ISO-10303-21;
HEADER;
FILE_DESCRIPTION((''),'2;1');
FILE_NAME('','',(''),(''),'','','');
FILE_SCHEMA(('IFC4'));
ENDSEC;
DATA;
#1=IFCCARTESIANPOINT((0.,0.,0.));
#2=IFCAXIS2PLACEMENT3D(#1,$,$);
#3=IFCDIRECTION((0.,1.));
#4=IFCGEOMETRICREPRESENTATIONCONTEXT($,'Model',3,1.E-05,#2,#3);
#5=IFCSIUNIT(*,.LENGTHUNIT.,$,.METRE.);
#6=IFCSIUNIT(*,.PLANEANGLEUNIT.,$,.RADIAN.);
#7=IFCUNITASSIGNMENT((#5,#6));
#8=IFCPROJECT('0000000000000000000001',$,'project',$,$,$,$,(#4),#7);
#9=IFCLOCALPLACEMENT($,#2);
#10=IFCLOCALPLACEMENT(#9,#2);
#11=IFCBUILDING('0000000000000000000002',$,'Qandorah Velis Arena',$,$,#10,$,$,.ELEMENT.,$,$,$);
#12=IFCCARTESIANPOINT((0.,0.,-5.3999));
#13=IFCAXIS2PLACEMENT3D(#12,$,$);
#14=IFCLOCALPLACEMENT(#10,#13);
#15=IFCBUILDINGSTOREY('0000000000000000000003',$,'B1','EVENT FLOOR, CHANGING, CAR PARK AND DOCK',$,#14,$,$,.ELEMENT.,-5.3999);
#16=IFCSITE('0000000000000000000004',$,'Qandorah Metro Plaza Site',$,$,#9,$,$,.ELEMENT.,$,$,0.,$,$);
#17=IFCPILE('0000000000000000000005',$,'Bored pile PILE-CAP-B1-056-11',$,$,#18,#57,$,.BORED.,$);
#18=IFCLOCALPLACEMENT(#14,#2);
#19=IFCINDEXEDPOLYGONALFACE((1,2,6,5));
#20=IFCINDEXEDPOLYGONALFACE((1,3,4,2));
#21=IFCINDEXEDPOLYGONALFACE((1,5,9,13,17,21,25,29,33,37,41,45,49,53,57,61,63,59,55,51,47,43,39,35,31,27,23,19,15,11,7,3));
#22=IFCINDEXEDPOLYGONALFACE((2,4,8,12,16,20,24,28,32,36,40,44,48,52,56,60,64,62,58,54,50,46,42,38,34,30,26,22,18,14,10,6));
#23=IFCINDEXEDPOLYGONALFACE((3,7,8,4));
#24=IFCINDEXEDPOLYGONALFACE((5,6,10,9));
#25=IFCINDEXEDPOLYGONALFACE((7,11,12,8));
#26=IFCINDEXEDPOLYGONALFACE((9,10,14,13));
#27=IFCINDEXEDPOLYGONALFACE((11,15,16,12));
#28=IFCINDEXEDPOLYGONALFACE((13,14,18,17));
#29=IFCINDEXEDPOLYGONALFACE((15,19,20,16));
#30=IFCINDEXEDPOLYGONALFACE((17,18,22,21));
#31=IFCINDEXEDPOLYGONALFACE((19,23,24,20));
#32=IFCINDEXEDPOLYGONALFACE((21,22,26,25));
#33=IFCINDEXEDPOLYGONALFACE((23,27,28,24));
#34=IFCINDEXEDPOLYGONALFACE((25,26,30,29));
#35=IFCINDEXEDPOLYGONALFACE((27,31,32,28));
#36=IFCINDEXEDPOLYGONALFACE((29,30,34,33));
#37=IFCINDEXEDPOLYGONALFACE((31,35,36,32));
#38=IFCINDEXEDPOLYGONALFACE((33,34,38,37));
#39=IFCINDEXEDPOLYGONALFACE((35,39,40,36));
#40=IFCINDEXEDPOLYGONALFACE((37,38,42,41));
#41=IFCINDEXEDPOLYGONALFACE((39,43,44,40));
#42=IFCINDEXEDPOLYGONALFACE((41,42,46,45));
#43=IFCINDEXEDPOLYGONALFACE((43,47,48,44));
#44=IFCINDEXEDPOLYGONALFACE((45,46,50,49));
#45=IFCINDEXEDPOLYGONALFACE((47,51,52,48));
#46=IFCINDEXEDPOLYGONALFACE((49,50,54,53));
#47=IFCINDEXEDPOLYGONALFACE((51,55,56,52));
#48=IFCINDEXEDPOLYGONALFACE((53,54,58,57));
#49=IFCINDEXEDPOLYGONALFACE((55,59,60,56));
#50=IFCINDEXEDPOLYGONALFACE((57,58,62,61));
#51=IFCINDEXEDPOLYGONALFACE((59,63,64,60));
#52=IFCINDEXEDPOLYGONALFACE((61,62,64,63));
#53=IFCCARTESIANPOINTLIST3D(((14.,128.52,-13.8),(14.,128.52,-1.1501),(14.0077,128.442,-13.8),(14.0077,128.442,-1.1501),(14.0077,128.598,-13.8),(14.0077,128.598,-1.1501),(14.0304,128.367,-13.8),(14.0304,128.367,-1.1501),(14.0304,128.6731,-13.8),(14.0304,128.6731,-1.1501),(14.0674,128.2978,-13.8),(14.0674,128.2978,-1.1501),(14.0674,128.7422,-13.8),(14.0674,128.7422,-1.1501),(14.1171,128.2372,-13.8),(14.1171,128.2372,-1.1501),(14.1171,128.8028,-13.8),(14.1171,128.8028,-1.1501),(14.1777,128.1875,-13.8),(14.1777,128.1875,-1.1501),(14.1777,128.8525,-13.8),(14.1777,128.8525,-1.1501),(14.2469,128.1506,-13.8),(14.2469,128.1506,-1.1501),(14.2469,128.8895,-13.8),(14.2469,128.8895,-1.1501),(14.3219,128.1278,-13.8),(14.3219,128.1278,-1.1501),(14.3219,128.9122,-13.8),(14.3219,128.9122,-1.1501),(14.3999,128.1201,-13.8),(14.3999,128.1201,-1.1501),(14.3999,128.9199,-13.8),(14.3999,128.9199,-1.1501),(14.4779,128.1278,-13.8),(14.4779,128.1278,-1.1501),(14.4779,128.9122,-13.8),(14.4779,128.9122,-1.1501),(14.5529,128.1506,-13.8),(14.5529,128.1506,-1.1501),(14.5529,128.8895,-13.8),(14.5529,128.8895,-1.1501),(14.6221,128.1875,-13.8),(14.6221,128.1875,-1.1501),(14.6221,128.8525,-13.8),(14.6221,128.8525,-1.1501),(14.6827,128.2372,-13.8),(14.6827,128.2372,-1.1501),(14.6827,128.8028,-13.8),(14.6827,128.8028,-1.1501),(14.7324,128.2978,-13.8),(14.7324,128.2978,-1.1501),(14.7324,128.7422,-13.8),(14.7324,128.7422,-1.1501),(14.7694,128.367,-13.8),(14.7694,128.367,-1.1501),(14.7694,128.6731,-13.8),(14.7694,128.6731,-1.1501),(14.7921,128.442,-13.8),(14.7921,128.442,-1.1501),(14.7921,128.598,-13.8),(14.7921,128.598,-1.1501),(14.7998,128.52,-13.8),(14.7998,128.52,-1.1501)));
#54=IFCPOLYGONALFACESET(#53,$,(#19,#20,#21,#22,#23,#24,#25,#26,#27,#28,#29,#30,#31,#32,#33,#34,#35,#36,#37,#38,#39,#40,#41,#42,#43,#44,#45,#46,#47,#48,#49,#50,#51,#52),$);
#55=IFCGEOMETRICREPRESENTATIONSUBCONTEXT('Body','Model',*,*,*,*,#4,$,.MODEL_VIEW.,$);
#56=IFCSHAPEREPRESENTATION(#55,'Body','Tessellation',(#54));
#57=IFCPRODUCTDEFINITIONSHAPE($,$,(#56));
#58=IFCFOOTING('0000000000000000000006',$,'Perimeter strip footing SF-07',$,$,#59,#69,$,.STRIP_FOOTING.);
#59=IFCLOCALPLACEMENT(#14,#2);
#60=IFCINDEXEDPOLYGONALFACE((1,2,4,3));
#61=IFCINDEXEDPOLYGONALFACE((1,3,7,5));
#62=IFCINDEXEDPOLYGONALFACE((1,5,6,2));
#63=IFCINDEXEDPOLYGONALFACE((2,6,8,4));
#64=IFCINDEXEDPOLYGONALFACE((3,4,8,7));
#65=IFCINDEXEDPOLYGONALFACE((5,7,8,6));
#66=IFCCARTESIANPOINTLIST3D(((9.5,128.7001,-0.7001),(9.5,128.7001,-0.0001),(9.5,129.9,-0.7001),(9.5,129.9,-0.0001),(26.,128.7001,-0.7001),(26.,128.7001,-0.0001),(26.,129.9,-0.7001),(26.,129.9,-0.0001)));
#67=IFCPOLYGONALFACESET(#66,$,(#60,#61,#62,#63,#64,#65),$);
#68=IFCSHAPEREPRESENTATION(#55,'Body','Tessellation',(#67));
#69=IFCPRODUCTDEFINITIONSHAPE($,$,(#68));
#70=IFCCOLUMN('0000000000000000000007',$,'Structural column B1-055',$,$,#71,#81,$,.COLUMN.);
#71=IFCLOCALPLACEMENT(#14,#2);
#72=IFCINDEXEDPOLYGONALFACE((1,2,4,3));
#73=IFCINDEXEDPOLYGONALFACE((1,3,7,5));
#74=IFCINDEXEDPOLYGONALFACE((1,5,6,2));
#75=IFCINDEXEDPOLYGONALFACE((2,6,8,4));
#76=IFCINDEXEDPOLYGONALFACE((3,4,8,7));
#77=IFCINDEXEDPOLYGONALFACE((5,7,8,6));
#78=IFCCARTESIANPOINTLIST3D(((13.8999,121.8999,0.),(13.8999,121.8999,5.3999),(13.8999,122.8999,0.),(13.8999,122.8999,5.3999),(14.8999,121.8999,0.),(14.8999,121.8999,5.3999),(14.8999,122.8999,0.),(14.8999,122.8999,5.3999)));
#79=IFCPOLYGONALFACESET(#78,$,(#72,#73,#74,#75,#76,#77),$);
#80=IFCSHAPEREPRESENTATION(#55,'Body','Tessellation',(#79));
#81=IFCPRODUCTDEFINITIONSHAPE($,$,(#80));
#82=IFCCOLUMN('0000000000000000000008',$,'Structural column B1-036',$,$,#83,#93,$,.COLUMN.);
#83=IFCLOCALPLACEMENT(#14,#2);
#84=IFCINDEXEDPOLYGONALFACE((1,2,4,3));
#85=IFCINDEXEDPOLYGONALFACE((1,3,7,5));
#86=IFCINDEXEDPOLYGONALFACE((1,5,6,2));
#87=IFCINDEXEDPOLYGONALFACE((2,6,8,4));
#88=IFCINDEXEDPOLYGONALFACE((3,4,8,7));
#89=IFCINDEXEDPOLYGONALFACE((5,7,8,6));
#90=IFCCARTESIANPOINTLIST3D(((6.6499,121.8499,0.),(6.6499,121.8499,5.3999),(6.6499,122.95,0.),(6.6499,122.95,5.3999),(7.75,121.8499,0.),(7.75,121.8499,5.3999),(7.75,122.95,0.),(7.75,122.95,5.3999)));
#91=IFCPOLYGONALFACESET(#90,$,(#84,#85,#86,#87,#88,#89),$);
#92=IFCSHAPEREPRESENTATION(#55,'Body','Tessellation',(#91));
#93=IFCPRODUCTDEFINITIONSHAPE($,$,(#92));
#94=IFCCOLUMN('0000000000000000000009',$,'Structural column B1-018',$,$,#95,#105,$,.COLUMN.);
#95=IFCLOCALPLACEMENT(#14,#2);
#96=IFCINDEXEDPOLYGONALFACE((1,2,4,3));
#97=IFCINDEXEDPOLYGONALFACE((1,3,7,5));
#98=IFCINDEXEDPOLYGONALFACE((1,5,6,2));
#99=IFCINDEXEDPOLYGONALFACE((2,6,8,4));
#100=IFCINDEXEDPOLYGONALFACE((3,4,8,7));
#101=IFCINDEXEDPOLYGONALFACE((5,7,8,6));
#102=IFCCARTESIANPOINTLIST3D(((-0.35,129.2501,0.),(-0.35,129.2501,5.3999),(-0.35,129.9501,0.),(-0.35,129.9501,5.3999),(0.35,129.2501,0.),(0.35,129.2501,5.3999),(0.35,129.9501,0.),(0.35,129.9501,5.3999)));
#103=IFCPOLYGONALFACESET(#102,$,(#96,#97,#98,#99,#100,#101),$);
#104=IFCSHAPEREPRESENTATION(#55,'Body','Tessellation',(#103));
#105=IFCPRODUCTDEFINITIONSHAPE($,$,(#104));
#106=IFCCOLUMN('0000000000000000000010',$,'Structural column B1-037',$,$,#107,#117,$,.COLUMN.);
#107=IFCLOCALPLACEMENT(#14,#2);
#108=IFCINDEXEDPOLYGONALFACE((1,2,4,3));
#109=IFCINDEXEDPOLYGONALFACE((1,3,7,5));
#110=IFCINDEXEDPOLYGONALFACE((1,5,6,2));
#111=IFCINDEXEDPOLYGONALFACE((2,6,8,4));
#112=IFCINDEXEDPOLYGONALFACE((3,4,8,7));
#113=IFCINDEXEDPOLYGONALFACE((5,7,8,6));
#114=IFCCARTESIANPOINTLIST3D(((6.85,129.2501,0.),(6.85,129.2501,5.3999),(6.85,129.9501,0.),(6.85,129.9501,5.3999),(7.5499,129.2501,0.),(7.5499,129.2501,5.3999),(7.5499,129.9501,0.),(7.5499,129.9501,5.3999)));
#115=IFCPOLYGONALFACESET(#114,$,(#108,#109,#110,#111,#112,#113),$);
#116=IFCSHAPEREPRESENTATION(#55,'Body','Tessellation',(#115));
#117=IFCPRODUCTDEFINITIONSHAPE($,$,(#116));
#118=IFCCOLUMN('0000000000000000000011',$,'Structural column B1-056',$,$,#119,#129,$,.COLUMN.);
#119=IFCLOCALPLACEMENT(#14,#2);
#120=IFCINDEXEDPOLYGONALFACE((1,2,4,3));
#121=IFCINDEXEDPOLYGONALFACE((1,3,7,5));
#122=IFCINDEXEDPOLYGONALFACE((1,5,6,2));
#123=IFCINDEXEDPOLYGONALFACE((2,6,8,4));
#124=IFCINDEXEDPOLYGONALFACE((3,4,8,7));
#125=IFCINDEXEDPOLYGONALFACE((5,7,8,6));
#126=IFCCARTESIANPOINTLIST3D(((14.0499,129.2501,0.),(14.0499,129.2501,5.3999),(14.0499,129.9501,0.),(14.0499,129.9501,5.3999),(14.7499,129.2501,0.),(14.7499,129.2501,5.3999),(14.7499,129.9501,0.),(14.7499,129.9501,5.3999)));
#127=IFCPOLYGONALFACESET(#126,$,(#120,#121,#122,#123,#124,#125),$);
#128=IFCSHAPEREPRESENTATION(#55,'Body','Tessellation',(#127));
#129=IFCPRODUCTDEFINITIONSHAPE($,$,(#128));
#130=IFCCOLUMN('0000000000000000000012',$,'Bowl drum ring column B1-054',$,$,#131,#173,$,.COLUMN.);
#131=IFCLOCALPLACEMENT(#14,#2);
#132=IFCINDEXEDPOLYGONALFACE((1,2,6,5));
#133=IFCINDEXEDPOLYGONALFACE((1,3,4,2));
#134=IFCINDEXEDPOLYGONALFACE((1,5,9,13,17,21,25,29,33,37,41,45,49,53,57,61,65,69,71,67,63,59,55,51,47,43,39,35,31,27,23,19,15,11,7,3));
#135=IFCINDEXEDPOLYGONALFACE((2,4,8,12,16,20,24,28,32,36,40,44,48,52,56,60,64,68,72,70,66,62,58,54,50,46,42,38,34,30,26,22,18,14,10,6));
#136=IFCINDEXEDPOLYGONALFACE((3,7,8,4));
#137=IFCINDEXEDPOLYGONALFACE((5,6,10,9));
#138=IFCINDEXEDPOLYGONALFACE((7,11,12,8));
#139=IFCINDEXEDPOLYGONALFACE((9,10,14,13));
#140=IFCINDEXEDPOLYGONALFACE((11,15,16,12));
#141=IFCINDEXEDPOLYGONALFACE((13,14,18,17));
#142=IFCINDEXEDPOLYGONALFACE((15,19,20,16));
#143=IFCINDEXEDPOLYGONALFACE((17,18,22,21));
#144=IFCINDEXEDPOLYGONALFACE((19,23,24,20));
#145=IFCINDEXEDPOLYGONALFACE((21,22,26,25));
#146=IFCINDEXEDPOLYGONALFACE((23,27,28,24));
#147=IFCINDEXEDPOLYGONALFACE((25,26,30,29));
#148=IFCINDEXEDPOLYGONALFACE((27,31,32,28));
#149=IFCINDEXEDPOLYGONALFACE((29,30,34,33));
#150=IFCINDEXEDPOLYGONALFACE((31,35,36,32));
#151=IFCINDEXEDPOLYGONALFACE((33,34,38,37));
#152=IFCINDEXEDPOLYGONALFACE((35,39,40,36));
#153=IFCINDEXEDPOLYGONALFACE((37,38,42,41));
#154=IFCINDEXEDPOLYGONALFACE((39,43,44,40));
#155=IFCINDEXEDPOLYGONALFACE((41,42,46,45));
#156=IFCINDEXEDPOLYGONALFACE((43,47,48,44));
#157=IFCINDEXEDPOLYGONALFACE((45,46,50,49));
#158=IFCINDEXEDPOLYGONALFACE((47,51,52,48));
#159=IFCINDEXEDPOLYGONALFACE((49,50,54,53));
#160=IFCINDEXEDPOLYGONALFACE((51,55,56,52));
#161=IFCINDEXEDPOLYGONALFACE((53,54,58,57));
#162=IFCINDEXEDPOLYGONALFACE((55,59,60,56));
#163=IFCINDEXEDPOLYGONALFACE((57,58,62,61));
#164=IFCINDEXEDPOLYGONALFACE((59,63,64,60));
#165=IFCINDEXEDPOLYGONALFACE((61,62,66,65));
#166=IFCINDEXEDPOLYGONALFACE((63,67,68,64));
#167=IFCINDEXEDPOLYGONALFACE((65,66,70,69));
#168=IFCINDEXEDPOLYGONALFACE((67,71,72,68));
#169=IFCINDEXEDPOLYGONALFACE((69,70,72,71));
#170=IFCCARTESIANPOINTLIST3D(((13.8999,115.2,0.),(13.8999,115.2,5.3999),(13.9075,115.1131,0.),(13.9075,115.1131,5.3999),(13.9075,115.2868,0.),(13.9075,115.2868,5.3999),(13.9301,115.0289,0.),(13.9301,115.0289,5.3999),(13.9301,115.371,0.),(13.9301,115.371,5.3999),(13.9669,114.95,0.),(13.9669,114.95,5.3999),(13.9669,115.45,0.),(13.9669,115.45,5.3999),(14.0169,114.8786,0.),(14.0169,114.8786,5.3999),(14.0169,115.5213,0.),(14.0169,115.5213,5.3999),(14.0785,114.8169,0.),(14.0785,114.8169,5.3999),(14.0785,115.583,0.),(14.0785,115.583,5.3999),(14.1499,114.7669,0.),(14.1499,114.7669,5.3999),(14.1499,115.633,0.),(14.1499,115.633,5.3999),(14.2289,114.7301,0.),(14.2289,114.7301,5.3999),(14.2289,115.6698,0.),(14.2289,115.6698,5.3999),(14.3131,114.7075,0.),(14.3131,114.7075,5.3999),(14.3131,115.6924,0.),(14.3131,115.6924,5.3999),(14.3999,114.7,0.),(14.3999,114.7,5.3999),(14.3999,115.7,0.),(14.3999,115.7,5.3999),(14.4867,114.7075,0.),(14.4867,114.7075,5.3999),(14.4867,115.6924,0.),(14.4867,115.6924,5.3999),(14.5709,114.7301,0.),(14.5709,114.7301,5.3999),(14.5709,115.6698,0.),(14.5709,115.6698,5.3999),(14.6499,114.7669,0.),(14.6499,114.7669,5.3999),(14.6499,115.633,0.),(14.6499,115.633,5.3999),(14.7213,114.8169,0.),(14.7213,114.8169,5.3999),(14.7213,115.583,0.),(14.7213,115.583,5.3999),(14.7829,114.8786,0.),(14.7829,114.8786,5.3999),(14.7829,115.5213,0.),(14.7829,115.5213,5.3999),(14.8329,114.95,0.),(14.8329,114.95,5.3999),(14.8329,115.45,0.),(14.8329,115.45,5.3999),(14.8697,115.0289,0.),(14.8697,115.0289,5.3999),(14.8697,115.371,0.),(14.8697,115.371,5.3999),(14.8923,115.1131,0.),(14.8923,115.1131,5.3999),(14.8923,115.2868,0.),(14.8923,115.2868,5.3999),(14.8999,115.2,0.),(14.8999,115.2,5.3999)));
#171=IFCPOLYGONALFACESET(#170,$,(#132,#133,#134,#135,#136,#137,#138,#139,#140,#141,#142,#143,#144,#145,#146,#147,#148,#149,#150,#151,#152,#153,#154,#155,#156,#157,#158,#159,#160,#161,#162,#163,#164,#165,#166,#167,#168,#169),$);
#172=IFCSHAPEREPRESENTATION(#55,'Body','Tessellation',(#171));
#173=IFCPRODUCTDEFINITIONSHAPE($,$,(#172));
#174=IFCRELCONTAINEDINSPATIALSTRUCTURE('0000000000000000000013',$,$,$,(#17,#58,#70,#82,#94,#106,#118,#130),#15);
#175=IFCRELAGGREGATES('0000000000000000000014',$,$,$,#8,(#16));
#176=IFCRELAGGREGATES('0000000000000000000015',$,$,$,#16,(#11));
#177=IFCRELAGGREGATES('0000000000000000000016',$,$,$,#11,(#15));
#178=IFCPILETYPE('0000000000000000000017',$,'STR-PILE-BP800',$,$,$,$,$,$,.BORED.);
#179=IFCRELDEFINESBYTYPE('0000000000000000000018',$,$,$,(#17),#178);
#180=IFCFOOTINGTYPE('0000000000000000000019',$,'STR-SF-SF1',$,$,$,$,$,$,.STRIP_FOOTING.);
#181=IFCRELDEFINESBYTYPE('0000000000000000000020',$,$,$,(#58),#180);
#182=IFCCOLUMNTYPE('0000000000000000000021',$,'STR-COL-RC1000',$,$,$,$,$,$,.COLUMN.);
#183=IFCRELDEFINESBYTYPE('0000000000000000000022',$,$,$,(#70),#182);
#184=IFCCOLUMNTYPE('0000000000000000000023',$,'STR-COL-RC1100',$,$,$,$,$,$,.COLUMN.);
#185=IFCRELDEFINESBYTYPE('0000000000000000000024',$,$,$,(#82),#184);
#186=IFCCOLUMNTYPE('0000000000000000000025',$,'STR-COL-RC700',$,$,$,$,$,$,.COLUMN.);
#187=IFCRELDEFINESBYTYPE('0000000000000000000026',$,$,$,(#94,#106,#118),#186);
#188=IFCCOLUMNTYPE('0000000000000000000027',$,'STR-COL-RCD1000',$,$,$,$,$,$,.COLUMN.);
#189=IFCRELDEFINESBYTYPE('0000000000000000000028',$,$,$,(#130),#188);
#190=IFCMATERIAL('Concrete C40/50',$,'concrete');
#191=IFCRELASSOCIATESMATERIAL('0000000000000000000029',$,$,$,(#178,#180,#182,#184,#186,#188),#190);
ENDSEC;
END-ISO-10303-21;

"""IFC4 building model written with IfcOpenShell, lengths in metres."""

from ifc_helpers import new_model, si_unit, direction, frame, origin, origin_2d, place, context, subcontext, project, spatial, rectangle, circle, extrude, material, material_profile, profile_set, type_object, element, save


model = new_model("IFC4")

# Units and contexts
model_context = context("Model", 3, precision=1e-05, world=origin(), true_north=direction((0.0, 1.0)))
body_context = subcontext(model_context, "Body", "Model", "MODEL_VIEW")
ifc_project = project(units=[si_unit("LENGTHUNIT", "METRE"), si_unit("PLANEANGLEUNIT", "RADIAN")], contexts=[model_context])

# Site, building, storey
site_placement = place(None, origin())
site = spatial("IfcSite", under=ifc_project, at=site_placement, Name="Qandorah Metro Plaza Site", CompositionType="ELEMENT", RefElevation=0.0)
building_placement = place(site_placement, origin())
building = spatial("IfcBuilding", under=site, at=building_placement, Name="Qandorah Velis Arena", CompositionType="ELEMENT")
storey_placement = place(building_placement, frame((0.0, 0.0, -5.3999)))
storey = spatial("IfcBuildingStorey", under=building, at=storey_placement, Name="B1", Description="EVENT FLOOR, CHANGING, CAR PARK AND DOCK", CompositionType="ELEMENT", Elevation=-5.3999)

# Shared definitions
ifc_material = material(Name="Concrete C40/50", Category="concrete")

# Pile
ifc_material_profile_1 = material_profile(ifc_material, circle(Radius=0.3999, at=origin_2d()), Name="BORED PILE D800")
ifc_profile_set_1 = profile_set([ifc_material_profile_1], Name="Concrete C40/50")
pile_type_1 = type_object("IfcPileType", Name="STR-PILE-BP800", PredefinedType="BORED", material=ifc_profile_set_1)
pile_1_placement = place(storey_placement, frame((14.3999, 128.52, -1.1501), z_axis=(0.0, 0.0, -1.0), x_axis=(1.0, 0.0, 0.0)))
element("IfcPile", 1, at=pile_1_placement, inside=storey, type_object=pile_type_1, Name="Bored pile PILE-CAP-B1-056-11", PredefinedType="BORED", context=body_context, shape_type="SweptSolid", body=[
    extrude(circle(Radius=0.3999, at=origin_2d()), origin(), (0.0, 0.0, 1.0), 12.6499),
])

# Footing
ifc_material_profile_2 = material_profile(ifc_material, rectangle(XDim=1.2, YDim=0.7, at=origin_2d()), Name="SF1 1200x700")
ifc_profile_set_2 = profile_set([ifc_material_profile_2], Name="Concrete C40/50")
footing_type_1 = type_object("IfcFootingType", Name="STR-SF-SF1", PredefinedType="STRIP_FOOTING", material=ifc_profile_set_2)
footing_1_placement = place(storey_placement, frame((9.5, 129.3, -0.3501), z_axis=(1.0, 0.0, 0.0), x_axis=(0.0, 1.0, 0.0)))
element("IfcFooting", 2, at=footing_1_placement, inside=storey, type_object=footing_type_1, Name="Perimeter strip footing SF-07", PredefinedType="STRIP_FOOTING", context=body_context, shape_type="SweptSolid", body=[
    extrude(rectangle(XDim=1.2, YDim=0.7, at=origin_2d()), origin(), (0.0, 0.0, 1.0), 16.5),
])

# Columns
ifc_material_profile_3 = material_profile(ifc_material, rectangle(XDim=1.0, YDim=1.0, at=origin_2d()), Name="RC COL 1000x1000")
ifc_profile_set_3 = profile_set([ifc_material_profile_3], Name="Concrete C40/50")
column_type_1 = type_object("IfcColumnType", Name="STR-COL-RC1000", PredefinedType="COLUMN", material=ifc_profile_set_3)
column_1_placement = place(storey_placement, frame((14.3999, 122.3999, 0.0), z_axis=(0.0, 0.0, 1.0), x_axis=(1.0, 0.0, 0.0)))
element("IfcColumn", 3, at=column_1_placement, inside=storey, type_object=column_type_1, Name="Structural column B1-055", PredefinedType="COLUMN", context=body_context, shape_type="SweptSolid", body=[
    extrude(rectangle(XDim=1.0, YDim=1.0, at=origin_2d()), origin(), (0.0, 0.0, 1.0), 5.3999),
])
ifc_material_profile_4 = material_profile(ifc_material, rectangle(XDim=1.1001, YDim=1.1001, at=origin_2d()), Name="RC COL 1100x1100")
ifc_profile_set_4 = profile_set([ifc_material_profile_4], Name="Concrete C40/50")
column_type_2 = type_object("IfcColumnType", Name="STR-COL-RC1100", PredefinedType="COLUMN", material=ifc_profile_set_4)
column_2_placement = place(storey_placement, frame((7.2, 122.3999, 0.0), z_axis=(0.0, 0.0, 1.0), x_axis=(1.0, 0.0, 0.0)))
element("IfcColumn", 4, at=column_2_placement, inside=storey, type_object=column_type_2, Name="Structural column B1-036", PredefinedType="COLUMN", context=body_context, shape_type="SweptSolid", body=[
    extrude(rectangle(XDim=1.1001, YDim=1.1001, at=origin_2d()), origin(), (0.0, 0.0, 1.0), 5.3999),
])
ifc_material_profile_5 = material_profile(ifc_material, rectangle(XDim=0.7, YDim=0.7, at=origin_2d()), Name="RC COL 700x700")
ifc_profile_set_5 = profile_set([ifc_material_profile_5], Name="Concrete C40/50")
column_type_3 = type_object("IfcColumnType", Name="STR-COL-RC700", PredefinedType="COLUMN", material=ifc_profile_set_5)
for number, where, z_axis, x_axis, name in (
    (5, (0.0, 129.6001, 0.0), (0.0, 0.0, 1.0), (1.0, 0.0, 0.0), "Structural column B1-018"),
    (6, (7.2, 129.6001, 0.0), (0.0, 0.0, 1.0), (1.0, 0.0, 0.0), "Structural column B1-037"),
    (7, (14.3999, 129.6001, 0.0), (0.0, 0.0, 1.0), (1.0, 0.0, 0.0), "Structural column B1-056"),
):
    element("IfcColumn", number, at=place(storey_placement, frame(where, z_axis=z_axis, x_axis=x_axis)), inside=storey, type_object=column_type_3, Name=name, PredefinedType="COLUMN", context=body_context, shape_type="SweptSolid", body=[
        extrude(rectangle(XDim=0.7, YDim=0.7, at=origin_2d()), origin(), (0.0, 0.0, 1.0), 5.3999),
    ])
ifc_material_profile_6 = material_profile(ifc_material, circle(Radius=0.5, at=origin_2d()), Name="RC D1000")
ifc_profile_set_6 = profile_set([ifc_material_profile_6], Name="Concrete C40/50")
column_type_4 = type_object("IfcColumnType", Name="STR-COL-RCD1000", PredefinedType="COLUMN", material=ifc_profile_set_6)
column_3_placement = place(storey_placement, frame((14.3999, 115.2, 0.0), z_axis=(0.0, 0.0, 1.0), x_axis=(1.0, 0.0, 0.0)))
element("IfcColumn", 8, at=column_3_placement, inside=storey, type_object=column_type_4, Name="Bowl drum ring column B1-054", PredefinedType="COLUMN", context=body_context, shape_type="SweptSolid", body=[
    extrude(circle(Radius=0.5, at=origin_2d()), origin(), (0.0, 0.0, 1.0), 5.3999),
])

save(model, "model.ifc")
